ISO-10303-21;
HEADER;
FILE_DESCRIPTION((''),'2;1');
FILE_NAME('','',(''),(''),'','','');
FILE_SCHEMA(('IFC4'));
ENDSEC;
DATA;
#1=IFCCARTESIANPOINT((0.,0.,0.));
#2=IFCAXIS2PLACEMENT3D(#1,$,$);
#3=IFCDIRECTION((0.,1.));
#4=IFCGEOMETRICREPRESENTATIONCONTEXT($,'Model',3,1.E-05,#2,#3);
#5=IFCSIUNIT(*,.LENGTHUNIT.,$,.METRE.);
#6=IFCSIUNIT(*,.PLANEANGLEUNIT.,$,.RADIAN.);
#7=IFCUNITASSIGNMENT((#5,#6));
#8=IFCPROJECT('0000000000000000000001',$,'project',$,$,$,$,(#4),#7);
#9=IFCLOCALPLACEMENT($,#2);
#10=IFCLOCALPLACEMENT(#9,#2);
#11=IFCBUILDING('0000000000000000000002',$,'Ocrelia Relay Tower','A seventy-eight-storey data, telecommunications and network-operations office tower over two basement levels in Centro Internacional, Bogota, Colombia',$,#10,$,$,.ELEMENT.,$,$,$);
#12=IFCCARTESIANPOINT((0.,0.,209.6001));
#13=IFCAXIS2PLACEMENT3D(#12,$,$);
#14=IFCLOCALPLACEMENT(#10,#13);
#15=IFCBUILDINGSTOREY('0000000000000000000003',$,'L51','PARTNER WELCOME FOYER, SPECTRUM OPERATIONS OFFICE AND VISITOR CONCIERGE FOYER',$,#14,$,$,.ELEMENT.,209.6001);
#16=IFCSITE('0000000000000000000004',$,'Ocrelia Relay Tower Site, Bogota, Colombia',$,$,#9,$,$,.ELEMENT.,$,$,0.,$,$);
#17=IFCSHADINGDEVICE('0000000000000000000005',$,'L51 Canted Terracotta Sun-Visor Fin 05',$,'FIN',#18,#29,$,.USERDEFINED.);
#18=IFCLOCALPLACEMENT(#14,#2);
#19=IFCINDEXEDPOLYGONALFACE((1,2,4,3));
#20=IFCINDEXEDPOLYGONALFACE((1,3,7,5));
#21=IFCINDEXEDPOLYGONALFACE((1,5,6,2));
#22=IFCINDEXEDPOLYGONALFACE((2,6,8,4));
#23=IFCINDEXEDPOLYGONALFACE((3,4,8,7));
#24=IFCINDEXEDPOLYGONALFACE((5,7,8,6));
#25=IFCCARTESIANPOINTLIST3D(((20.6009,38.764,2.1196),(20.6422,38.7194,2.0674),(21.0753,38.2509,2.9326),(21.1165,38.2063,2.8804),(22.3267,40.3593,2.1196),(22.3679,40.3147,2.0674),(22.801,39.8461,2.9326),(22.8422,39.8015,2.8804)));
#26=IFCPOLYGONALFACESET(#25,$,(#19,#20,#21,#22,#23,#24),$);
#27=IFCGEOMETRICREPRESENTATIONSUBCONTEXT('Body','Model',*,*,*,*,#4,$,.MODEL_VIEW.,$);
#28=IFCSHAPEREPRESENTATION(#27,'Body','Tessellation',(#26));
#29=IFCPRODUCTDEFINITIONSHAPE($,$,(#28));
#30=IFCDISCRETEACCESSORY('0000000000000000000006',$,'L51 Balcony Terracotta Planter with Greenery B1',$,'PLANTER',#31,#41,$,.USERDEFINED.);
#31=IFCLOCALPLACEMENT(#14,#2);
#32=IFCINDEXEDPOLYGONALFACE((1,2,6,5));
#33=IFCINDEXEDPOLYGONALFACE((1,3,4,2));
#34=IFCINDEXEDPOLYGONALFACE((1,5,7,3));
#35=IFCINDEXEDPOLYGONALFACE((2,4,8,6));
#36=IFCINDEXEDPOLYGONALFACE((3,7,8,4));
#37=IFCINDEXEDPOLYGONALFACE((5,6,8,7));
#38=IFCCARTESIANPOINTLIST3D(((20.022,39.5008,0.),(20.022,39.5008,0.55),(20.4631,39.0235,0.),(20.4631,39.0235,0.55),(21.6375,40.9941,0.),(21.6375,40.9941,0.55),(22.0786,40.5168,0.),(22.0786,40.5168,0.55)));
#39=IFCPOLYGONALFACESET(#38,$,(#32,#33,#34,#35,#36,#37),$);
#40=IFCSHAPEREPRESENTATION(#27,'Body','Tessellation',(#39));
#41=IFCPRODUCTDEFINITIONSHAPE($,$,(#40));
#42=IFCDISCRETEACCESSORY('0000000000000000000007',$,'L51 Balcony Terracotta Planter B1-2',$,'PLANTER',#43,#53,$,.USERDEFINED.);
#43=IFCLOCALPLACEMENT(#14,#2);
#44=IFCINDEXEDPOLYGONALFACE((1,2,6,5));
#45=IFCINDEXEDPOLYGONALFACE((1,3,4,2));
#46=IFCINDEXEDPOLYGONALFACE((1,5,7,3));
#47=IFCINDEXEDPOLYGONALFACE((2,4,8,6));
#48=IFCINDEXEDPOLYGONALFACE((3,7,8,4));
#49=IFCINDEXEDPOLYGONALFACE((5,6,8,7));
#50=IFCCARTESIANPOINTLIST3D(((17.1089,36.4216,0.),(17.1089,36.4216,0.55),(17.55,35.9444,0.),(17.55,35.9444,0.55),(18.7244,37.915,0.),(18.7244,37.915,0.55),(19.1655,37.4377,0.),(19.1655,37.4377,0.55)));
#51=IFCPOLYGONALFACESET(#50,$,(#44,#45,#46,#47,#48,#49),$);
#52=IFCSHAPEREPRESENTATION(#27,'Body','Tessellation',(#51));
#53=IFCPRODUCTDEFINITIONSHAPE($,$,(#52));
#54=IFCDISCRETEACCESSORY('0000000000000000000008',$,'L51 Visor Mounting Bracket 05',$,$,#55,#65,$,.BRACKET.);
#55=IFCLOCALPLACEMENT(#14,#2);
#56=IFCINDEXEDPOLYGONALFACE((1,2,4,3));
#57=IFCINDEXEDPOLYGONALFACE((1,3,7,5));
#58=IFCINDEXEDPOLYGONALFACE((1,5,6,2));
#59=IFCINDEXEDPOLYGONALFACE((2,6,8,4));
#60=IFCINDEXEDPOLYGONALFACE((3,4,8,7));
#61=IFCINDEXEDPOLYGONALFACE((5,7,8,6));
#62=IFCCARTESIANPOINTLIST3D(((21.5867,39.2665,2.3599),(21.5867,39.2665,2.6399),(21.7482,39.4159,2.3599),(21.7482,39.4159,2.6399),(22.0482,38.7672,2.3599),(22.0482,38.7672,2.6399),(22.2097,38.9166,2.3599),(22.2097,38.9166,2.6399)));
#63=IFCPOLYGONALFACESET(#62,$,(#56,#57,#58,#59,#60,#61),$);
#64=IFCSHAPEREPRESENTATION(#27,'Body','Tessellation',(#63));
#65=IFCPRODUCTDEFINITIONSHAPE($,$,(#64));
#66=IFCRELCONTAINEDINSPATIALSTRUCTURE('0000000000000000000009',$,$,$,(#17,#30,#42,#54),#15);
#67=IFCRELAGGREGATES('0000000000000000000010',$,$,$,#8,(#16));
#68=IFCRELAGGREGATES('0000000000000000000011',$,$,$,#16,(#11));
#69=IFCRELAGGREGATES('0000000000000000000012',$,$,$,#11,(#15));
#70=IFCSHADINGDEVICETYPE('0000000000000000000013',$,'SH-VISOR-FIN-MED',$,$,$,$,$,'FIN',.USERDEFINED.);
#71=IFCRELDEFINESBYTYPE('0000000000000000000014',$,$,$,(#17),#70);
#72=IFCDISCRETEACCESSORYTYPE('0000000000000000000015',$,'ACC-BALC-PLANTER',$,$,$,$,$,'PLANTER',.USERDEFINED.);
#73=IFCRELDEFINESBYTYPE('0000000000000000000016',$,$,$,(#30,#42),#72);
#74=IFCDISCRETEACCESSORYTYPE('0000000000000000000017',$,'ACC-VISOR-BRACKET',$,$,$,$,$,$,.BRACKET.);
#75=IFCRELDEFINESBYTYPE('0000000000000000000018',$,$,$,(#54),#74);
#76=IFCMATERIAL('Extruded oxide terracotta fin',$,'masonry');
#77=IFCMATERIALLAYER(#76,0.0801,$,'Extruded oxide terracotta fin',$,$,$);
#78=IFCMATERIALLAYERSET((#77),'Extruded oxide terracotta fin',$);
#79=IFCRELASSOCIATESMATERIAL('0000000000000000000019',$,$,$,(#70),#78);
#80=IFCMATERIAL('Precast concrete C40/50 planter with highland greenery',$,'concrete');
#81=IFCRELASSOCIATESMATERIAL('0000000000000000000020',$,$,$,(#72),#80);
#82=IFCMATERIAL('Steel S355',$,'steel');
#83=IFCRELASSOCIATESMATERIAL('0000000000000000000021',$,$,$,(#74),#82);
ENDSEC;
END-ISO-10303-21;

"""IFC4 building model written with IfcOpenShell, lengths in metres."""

from ifc_helpers import new_model, si_unit, direction, frame, origin, origin_2d, place, context, subcontext, project, spatial, rectangle, extrude, material, layer, layer_set, type_object, element, save


model = new_model("IFC4")

# Units and contexts
model_context = context("Model", 3, precision=1e-05, world=origin(), true_north=direction((0.0, 1.0)))
body_context = subcontext(model_context, "Body", "Model", "MODEL_VIEW")
ifc_project = project(units=[si_unit("LENGTHUNIT", "METRE"), si_unit("PLANEANGLEUNIT", "RADIAN")], contexts=[model_context])

# Site, building, storey
site_placement = place(None, origin())
site = spatial("IfcSite", under=ifc_project, at=site_placement, Name="Ocrelia Relay Tower Site, Bogota, Colombia", CompositionType="ELEMENT", RefElevation=0.0)
building_placement = place(site_placement, origin())
building = spatial("IfcBuilding", under=site, at=building_placement, Name="Ocrelia Relay Tower", Description="A seventy-eight-storey data, telecommunications and network-operations office tower over two basement levels in Centro Internacional, Bogota, Colombia", CompositionType="ELEMENT")
storey_placement = place(building_placement, frame((0.0, 0.0, 209.6001)))
storey = spatial("IfcBuildingStorey", under=building, at=storey_placement, Name="L51", Description="PARTNER WELCOME FOYER, SPECTRUM OPERATIONS OFFICE AND VISITOR CONCIERGE FOYER", CompositionType="ELEMENT", Elevation=209.6001)

# Shared definitions
ifc_material_1 = material(Name="Steel S355", Category="steel")

# Shading device
ifc_material_2 = material(Name="Extruded oxide terracotta fin", Category="masonry")
ifc_layer_1 = layer(ifc_material_2, 0.0801, Name="Extruded oxide terracotta fin")
ifc_layer_set_1 = layer_set([ifc_layer_1], Name="Extruded oxide terracotta fin")
shading_device_type_1 = type_object("IfcShadingDeviceType", Name="SH-VISOR-FIN-MED", ElementType="FIN", PredefinedType="USERDEFINED", material=ifc_layer_set_1)
shading_device_1_placement = place(storey_placement, frame((21.7422, 39.2605, 2.4739), z_axis=(-0.514772, 0.556886, 0.651834), x_axis=(-0.734328, -0.678795, 0.0)))
element("IfcShadingDevice", 1, at=shading_device_1_placement, inside=storey, type_object=shading_device_type_1, Name="L51 Canted Terracotta Sun-Visor Fin 05", ObjectType="FIN", PredefinedType="USERDEFINED", context=body_context, shape_type="SweptSolid", body=[
    extrude(rectangle(XDim=2.3501, YDim=1.072, at=origin_2d()), origin(), (0.0, 0.0, 1.0), 0.0801),
])

# Discrete accessories
ifc_material_3 = material(Name="Precast concrete C40/50 planter with highland greenery", Category="concrete")
discrete_accessory_type_1 = type_object("IfcDiscreteAccessoryType", Name="ACC-BALC-PLANTER", ElementType="PLANTER", PredefinedType="USERDEFINED", material=ifc_material_3)
for number, where, z_axis, x_axis, name in (
    (2, (21.0503, 40.0088, 0.0), (0.0, 0.0, 1.0), (0.734327, 0.678796, 0.0), "L51 Balcony Terracotta Planter with Greenery B1"),
    (3, (18.1372, 36.9297, 0.0), (0.0, 0.0, 1.0), (0.734327, 0.678796, 0.0), "L51 Balcony Terracotta Planter B1-2"),
):
    element("IfcDiscreteAccessory", number, at=place(storey_placement, frame(where, z_axis=z_axis, x_axis=x_axis)), inside=storey, type_object=discrete_accessory_type_1, Name=name, ObjectType="PLANTER", PredefinedType="USERDEFINED", context=body_context, shape_type="SweptSolid", body=[
        extrude(rectangle(XDim=2.2, YDim=0.6499, at=origin_2d()), origin(), (0.0, 0.0, 1.0), 0.55),
    ])
discrete_accessory_type_2 = type_object("IfcDiscreteAccessoryType", Name="ACC-VISOR-BRACKET", PredefinedType="BRACKET", material=ifc_material_1)
discrete_accessory_placement = place(storey_placement, frame((21.8982, 39.0916, 2.3599), z_axis=(0.0, 0.0, 1.0), x_axis=(-0.734328, -0.678795, 0.0)))
element("IfcDiscreteAccessory", 4, at=discrete_accessory_placement, inside=storey, type_object=discrete_accessory_type_2, Name="L51 Visor Mounting Bracket 05", PredefinedType="BRACKET", context=body_context, shape_type="SweptSolid", body=[
    extrude(rectangle(XDim=0.22, YDim=0.6799, at=origin_2d()), origin(), (0.0, 0.0, 1.0), 0.28),
])

save(model, "model.ifc")
